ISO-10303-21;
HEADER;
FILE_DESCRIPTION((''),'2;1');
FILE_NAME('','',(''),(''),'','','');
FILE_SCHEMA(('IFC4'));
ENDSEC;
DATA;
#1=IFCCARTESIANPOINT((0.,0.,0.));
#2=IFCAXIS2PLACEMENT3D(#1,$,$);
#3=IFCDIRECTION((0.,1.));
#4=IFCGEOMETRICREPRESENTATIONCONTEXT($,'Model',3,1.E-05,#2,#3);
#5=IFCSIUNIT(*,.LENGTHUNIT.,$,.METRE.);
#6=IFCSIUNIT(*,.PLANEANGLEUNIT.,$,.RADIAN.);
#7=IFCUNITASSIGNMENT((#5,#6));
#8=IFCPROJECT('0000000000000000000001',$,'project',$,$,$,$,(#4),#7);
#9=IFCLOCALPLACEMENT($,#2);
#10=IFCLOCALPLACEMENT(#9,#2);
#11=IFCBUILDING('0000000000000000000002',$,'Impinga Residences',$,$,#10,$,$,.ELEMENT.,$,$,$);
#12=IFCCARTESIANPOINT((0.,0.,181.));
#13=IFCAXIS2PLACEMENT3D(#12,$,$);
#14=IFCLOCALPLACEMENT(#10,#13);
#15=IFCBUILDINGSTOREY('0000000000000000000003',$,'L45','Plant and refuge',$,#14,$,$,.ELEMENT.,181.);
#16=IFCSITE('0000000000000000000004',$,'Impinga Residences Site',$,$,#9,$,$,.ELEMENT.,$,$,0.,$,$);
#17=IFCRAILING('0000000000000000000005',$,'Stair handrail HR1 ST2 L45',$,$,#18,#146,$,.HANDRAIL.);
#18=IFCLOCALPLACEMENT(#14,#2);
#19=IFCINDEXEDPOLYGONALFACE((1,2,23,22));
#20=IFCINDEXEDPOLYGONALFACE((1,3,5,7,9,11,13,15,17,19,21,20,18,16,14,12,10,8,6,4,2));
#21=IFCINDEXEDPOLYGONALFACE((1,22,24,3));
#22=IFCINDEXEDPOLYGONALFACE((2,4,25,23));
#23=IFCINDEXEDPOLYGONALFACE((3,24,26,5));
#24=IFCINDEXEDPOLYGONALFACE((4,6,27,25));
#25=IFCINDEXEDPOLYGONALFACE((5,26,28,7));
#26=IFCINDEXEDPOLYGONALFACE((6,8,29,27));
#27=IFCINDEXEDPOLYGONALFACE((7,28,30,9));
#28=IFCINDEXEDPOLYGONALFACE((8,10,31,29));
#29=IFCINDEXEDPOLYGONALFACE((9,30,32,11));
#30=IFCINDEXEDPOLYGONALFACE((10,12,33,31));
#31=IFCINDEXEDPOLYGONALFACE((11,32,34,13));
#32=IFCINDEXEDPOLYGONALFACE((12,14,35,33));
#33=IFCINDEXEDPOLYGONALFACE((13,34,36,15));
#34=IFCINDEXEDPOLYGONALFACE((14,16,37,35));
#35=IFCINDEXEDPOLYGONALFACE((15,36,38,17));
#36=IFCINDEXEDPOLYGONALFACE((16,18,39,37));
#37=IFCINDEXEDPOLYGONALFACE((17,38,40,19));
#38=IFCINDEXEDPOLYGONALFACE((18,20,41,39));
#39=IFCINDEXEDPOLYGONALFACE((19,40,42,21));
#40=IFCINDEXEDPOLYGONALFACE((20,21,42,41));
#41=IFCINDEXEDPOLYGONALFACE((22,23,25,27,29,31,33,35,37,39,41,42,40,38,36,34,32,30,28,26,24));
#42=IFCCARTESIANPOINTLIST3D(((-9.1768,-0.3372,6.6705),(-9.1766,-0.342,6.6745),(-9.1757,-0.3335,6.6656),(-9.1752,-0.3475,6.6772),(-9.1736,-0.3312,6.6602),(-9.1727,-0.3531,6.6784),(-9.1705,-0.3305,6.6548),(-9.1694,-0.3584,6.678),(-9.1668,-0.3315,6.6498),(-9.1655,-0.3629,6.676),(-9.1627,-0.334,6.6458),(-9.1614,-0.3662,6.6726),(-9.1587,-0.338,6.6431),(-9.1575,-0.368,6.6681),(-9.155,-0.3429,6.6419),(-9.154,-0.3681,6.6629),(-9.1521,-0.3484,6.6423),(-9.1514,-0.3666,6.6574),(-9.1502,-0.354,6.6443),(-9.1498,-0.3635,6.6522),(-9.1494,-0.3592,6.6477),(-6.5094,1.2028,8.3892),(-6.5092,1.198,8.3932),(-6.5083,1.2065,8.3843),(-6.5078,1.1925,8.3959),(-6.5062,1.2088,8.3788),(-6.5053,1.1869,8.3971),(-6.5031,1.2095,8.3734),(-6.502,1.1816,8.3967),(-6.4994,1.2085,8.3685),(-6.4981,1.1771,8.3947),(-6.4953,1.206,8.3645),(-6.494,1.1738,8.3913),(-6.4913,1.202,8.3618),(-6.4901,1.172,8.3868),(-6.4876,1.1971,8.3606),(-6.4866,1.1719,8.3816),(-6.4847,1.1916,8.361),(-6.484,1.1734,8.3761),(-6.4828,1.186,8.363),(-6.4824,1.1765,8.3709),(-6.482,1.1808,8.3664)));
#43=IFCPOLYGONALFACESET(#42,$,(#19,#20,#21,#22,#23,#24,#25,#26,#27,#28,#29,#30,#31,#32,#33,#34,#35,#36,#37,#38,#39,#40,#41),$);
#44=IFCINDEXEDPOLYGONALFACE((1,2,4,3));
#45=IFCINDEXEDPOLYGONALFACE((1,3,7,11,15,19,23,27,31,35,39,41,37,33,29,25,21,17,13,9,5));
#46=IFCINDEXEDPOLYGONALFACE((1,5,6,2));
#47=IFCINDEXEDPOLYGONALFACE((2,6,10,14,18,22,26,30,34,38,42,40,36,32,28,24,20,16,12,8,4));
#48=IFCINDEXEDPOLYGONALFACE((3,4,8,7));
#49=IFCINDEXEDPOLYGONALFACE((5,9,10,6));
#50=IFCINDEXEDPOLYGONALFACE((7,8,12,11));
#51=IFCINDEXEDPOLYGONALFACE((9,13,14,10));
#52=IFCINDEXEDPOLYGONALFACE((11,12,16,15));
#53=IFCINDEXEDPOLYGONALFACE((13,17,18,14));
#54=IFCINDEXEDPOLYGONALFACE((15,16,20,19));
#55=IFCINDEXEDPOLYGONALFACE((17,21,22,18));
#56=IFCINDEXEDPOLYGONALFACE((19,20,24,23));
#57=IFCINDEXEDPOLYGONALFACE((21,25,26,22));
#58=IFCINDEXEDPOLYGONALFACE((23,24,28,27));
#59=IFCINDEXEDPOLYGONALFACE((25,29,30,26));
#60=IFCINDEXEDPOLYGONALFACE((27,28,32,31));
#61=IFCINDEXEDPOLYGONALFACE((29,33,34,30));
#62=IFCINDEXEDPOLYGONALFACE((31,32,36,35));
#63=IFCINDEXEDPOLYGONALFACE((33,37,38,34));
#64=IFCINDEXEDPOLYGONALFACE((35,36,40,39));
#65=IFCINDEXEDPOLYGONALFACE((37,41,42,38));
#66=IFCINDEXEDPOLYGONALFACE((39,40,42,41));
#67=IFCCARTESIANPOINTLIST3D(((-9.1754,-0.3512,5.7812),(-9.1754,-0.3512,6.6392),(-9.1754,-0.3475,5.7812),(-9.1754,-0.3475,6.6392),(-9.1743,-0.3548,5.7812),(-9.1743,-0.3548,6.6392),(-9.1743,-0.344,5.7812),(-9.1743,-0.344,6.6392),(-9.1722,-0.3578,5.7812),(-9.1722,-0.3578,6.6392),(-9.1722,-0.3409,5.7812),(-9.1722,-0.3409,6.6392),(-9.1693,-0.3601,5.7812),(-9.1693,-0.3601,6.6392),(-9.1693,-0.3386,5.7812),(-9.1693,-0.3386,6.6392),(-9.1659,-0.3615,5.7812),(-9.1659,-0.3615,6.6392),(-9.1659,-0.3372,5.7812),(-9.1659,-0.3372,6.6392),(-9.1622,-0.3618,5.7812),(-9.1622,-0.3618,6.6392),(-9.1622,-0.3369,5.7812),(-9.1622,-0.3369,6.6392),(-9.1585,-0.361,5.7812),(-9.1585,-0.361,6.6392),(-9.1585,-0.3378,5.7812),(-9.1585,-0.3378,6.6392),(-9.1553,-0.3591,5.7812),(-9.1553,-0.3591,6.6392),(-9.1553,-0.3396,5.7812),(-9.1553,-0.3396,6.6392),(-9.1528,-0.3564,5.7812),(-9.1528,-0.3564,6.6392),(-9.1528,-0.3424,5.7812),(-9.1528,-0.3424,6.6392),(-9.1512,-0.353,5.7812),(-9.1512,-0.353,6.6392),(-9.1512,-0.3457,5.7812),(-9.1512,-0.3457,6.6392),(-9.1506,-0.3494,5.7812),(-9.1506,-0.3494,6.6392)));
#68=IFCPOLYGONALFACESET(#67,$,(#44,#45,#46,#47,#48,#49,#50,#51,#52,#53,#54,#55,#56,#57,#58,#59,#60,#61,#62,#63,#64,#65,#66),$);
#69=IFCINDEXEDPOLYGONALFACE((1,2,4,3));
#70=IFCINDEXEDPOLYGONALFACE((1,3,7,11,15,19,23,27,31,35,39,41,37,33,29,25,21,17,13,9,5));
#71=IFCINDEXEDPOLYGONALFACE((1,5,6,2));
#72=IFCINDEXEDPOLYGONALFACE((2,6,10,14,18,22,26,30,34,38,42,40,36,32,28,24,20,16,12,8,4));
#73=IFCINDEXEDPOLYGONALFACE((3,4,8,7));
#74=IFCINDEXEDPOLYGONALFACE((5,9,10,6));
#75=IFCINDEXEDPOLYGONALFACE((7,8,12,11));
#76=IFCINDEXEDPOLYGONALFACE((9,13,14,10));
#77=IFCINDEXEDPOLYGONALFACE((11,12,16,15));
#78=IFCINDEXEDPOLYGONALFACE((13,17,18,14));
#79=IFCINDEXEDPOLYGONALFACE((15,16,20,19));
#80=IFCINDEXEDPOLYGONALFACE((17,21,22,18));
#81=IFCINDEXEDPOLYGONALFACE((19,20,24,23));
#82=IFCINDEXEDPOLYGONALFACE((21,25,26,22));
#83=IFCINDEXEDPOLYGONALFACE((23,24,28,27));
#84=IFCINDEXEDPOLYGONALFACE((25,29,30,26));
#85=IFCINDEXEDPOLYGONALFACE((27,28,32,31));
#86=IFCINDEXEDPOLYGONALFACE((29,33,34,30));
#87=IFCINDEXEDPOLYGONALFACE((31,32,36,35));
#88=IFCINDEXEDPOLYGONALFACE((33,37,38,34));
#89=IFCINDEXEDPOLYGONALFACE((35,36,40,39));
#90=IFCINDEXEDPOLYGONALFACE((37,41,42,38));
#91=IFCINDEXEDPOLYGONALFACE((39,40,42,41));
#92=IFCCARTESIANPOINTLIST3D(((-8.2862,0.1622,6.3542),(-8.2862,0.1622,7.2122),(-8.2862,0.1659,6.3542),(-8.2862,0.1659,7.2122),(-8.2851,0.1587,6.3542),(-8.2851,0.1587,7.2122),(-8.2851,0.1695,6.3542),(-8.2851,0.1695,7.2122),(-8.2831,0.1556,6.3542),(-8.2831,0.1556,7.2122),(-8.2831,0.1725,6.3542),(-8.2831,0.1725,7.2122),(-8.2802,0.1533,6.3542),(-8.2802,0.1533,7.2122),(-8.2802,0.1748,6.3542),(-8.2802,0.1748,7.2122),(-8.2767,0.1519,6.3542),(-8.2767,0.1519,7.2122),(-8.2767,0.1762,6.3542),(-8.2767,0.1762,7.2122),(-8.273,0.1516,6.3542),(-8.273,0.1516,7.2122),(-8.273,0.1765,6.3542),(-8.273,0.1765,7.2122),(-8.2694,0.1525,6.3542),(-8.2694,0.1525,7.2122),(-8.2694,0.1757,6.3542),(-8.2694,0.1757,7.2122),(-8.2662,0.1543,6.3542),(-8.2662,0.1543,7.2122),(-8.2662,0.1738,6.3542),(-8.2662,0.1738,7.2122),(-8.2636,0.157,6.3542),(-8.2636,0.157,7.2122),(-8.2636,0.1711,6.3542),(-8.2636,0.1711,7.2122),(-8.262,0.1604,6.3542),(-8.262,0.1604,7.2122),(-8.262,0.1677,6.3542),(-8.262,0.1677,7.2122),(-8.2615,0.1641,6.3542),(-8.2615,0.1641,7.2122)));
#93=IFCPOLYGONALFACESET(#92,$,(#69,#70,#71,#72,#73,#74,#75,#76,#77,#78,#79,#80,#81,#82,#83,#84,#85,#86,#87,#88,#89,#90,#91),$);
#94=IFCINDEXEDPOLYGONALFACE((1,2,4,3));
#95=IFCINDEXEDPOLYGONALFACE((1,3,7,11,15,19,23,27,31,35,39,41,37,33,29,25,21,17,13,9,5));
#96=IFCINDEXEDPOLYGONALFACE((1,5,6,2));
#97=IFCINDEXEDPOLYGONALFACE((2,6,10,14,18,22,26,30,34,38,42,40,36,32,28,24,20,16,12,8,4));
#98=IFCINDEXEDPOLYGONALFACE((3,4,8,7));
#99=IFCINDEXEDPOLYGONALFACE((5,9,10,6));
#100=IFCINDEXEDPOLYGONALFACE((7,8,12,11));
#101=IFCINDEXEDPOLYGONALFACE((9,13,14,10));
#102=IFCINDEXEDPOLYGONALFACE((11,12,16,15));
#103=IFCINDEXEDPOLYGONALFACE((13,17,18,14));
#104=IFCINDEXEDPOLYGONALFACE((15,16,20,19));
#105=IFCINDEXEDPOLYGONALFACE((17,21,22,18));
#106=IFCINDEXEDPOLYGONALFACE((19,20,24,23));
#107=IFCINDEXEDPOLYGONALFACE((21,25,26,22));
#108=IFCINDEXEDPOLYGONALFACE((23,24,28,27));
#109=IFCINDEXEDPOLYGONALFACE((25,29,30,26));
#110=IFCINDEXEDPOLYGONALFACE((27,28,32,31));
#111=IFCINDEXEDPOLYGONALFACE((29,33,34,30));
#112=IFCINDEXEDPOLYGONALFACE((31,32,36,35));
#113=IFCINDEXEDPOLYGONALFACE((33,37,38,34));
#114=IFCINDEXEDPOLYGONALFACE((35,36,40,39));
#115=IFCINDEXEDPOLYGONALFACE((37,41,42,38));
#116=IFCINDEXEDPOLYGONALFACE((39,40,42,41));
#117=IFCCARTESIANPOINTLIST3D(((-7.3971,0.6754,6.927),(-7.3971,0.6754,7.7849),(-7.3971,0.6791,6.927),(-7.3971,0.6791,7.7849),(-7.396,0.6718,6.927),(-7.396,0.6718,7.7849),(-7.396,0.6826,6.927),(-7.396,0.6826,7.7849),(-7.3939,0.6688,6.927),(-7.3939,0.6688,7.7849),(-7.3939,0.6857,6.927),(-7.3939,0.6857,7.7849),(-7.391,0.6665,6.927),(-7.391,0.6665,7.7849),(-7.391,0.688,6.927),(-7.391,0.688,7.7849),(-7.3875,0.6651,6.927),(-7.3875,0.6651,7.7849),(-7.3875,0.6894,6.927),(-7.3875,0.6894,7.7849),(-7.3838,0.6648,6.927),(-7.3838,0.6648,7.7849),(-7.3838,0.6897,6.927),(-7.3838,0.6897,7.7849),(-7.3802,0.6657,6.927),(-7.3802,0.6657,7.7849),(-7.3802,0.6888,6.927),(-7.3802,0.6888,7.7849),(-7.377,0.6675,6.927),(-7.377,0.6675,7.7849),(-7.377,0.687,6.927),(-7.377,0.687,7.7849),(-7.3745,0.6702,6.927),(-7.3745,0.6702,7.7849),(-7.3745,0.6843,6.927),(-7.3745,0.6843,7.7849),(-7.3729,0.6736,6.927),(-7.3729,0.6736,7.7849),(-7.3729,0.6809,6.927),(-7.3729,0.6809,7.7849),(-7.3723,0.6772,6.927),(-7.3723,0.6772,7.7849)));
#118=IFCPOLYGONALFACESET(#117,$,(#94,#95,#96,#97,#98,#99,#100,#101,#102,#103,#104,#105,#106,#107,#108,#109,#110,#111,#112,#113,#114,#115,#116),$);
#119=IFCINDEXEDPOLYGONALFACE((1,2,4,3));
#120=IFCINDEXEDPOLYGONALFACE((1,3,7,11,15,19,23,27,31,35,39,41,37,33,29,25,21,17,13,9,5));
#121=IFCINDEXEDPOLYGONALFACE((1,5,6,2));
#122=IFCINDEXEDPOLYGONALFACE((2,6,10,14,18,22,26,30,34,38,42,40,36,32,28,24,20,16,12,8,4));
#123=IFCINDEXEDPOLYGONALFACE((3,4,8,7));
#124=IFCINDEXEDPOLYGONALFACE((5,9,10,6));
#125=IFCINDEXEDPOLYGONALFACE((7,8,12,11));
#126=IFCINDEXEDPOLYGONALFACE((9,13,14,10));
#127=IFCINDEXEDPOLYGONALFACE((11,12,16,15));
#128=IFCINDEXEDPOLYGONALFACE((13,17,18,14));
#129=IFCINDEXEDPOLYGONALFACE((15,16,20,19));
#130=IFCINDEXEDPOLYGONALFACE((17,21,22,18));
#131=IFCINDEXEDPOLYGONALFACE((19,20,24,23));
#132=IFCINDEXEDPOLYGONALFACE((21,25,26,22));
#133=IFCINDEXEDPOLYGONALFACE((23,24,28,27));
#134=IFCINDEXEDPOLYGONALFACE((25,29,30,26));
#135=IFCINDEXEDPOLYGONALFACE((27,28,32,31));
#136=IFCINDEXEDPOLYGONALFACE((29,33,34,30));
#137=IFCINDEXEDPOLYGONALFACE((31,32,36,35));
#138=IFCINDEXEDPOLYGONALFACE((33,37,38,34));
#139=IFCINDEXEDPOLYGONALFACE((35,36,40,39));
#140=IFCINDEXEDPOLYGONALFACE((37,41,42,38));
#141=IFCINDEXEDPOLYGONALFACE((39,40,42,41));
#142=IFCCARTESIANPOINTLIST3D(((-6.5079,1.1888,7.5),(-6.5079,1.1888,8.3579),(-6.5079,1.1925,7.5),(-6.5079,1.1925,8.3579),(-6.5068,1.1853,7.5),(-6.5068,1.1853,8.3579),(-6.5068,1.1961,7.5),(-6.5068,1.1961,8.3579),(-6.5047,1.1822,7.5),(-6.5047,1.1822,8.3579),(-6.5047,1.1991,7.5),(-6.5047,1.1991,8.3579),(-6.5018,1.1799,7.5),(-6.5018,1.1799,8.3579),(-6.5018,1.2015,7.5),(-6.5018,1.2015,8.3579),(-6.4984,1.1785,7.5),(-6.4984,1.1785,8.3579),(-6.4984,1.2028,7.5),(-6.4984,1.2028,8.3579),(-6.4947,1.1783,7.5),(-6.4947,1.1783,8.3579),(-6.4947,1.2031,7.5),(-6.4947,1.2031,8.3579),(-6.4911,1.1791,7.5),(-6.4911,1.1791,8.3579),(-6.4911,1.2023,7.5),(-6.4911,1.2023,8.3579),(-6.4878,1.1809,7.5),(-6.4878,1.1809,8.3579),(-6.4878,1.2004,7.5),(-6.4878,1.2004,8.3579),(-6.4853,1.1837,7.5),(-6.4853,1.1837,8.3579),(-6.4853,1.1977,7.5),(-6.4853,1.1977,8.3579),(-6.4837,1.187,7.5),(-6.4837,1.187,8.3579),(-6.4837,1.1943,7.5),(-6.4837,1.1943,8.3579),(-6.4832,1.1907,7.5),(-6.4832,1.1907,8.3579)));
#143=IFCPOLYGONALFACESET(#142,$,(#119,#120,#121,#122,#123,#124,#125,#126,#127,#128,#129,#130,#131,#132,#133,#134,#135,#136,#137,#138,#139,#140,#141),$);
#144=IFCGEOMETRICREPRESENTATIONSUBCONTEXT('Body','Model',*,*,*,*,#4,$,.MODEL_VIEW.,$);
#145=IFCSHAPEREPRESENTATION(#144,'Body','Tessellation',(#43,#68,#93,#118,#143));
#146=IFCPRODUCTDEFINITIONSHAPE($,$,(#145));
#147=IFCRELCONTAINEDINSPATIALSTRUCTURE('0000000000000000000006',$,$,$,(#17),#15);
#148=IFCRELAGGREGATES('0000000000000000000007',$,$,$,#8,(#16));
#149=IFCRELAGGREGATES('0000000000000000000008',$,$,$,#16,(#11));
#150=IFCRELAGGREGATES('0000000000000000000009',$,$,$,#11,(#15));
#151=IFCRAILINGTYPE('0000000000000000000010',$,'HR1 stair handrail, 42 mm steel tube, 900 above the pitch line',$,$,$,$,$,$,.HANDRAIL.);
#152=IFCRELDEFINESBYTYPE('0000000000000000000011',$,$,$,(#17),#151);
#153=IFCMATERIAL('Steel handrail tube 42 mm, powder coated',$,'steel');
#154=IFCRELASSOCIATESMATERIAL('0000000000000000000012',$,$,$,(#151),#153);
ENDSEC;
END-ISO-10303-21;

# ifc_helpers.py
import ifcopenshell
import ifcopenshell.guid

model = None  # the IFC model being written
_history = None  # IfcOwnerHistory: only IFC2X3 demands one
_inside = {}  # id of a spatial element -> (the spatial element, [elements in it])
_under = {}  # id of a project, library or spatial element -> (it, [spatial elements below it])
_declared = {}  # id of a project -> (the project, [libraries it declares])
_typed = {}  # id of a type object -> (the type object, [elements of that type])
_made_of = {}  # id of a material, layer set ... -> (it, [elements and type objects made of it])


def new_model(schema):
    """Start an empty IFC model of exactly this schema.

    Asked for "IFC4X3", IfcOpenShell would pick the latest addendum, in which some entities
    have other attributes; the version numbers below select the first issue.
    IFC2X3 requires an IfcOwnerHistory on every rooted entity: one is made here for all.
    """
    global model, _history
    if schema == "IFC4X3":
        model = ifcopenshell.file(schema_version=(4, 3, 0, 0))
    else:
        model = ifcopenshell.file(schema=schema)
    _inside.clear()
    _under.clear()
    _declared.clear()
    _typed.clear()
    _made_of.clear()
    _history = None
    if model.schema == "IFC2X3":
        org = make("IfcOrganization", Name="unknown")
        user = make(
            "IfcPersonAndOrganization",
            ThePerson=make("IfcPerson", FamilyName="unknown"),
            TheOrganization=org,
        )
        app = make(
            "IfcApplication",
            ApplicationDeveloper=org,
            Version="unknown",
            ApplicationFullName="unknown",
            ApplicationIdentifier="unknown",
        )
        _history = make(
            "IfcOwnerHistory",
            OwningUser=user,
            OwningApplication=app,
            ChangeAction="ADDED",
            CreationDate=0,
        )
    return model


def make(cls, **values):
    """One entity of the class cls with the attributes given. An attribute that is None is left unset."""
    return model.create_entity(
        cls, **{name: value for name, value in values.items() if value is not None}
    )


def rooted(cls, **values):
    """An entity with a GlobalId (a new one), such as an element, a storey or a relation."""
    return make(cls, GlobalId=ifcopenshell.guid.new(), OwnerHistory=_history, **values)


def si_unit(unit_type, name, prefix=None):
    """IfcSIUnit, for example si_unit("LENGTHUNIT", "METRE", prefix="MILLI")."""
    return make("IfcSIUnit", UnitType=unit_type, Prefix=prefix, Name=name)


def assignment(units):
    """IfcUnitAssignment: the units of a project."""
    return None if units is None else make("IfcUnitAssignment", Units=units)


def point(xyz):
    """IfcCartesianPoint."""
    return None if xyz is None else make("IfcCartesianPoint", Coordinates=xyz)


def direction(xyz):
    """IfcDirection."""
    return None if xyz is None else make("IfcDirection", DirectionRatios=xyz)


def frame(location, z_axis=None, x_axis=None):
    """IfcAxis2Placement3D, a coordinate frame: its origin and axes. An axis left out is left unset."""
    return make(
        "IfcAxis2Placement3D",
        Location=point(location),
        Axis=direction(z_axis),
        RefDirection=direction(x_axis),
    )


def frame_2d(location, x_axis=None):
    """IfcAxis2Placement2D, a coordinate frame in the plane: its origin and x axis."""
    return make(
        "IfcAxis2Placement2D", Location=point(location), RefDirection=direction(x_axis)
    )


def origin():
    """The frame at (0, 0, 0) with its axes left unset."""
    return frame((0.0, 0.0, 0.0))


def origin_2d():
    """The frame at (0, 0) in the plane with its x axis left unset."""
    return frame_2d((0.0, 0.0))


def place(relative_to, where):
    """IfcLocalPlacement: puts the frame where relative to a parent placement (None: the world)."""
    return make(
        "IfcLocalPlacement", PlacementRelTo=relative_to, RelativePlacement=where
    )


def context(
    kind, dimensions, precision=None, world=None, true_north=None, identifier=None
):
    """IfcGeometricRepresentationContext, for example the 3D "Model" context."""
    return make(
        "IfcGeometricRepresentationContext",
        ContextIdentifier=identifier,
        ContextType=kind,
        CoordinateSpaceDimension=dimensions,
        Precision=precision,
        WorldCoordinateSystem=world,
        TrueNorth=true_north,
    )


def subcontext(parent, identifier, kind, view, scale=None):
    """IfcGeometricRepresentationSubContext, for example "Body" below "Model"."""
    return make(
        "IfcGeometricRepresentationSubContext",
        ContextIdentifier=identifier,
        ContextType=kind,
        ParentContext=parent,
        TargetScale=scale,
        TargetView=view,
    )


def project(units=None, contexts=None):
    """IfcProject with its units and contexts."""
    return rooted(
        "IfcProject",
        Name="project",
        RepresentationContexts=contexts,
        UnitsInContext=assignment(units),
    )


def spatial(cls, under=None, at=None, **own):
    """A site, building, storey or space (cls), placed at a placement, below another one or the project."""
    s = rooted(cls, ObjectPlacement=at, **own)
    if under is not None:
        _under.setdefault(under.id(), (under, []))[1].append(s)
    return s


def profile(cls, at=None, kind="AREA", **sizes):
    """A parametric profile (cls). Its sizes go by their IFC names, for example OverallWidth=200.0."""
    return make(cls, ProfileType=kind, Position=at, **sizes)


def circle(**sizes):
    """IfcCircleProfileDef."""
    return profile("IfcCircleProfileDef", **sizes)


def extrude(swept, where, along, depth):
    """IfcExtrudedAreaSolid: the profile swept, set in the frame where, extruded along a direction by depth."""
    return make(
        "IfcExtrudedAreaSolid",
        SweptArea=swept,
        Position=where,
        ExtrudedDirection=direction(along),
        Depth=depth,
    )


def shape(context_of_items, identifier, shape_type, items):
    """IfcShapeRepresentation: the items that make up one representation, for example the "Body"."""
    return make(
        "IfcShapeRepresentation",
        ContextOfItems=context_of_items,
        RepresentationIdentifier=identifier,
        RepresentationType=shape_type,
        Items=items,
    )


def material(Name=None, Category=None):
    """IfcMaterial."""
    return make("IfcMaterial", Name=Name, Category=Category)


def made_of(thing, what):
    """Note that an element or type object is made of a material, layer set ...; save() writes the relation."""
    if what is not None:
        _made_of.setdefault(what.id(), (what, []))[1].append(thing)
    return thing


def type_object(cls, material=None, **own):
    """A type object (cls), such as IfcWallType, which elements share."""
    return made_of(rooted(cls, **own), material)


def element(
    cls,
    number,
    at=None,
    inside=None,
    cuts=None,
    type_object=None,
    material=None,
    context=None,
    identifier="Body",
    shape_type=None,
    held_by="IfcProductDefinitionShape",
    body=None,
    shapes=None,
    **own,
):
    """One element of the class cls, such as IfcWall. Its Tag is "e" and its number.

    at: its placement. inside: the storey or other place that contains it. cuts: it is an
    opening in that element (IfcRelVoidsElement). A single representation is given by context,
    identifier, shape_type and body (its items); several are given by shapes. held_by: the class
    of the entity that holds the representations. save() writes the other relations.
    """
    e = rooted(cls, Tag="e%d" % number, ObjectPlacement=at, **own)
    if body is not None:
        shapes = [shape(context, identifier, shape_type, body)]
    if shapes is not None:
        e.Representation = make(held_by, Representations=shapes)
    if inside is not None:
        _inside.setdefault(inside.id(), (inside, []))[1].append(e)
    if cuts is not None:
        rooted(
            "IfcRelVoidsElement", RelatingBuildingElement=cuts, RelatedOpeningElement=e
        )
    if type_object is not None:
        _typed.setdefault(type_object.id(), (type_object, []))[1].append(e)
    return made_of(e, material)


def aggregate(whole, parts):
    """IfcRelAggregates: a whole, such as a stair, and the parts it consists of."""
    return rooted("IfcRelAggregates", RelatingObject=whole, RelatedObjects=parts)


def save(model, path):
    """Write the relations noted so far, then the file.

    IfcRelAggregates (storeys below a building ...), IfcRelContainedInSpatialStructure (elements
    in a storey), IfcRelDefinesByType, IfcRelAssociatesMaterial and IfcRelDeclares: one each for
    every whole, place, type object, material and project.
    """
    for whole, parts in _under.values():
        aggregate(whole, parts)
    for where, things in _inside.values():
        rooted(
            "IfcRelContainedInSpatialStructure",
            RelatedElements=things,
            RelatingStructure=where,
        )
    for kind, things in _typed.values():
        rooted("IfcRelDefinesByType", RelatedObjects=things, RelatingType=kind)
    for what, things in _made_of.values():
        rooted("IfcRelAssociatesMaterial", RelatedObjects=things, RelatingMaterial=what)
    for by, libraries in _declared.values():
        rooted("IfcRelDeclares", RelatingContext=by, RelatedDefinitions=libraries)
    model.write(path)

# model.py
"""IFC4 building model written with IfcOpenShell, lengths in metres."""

from ifc_helpers import new_model, si_unit, direction, frame, origin, origin_2d, place, context, subcontext, project, spatial, circle, extrude, material, type_object, element, save


model = new_model("IFC4")

# Units and contexts
model_context = context("Model", 3, precision=1e-05, world=origin(), true_north=direction((0.0, 1.0)))
body_context = subcontext(model_context, "Body", "Model", "MODEL_VIEW")
ifc_project = project(units=[si_unit("LENGTHUNIT", "METRE"), si_unit("PLANEANGLEUNIT", "RADIAN")], contexts=[model_context])

# Site, building, storey
site_placement = place(None, origin())
site = spatial("IfcSite", under=ifc_project, at=site_placement, Name="Impinga Residences Site", CompositionType="ELEMENT", RefElevation=0.0)
building_placement = place(site_placement, origin())
building = spatial("IfcBuilding", under=site, at=building_placement, Name="Impinga Residences", CompositionType="ELEMENT")
storey_placement = place(building_placement, frame((0.0, 0.0, 181.0)))
storey = spatial("IfcBuildingStorey", under=building, at=storey_placement, Name="L45", Description="Plant and refuge", CompositionType="ELEMENT", Elevation=181.0)

# Railing
ifc_material_1 = material(Name="Steel handrail tube 42 mm, powder coated", Category="steel")
railing_type = type_object("IfcRailingType", Name="HR1 stair handrail, 42 mm steel tube, 900 above the pitch line", PredefinedType="HANDRAIL", material=ifc_material_1)
for number, where, name in (
    (1, (-9.1631, -0.3494, 5.7812), "Stair handrail HR1 ST2 L45"),
):
    element("IfcRailing", number, at=place(storey_placement, frame(where)), inside=storey, type_object=railing_type, Name=name, PredefinedType="HANDRAIL", context=body_context, shape_type="SweptSolid", body=[
        extrude(circle(Radius=0.021, at=origin_2d()), frame((0.0, 0.0, 0.8789), z_axis=(0.756256, 0.436616, 0.487282), x_axis=(-0.499992, 0.86603, 0.0)), (0.0, 0.0, 1.0), 3.5271),
        extrude(circle(Radius=0.0125, at=origin_2d()), origin(), (0.0, 0.0, 1.0), 0.8579),
        extrude(circle(Radius=0.0125, at=origin_2d()), frame((0.8892, 0.5134, 0.573)), (0.0, 0.0, 1.0), 0.8579),
        extrude(circle(Radius=0.0125, at=origin_2d()), frame((1.7783, 1.0266, 1.1458)), (0.0, 0.0, 1.0), 0.8579),
        extrude(circle(Radius=0.0125, at=origin_2d()), frame((2.6675, 1.54, 1.7188)), (0.0, 0.0, 1.0), 0.8579),
    ])

save(model, "model.ifc")
